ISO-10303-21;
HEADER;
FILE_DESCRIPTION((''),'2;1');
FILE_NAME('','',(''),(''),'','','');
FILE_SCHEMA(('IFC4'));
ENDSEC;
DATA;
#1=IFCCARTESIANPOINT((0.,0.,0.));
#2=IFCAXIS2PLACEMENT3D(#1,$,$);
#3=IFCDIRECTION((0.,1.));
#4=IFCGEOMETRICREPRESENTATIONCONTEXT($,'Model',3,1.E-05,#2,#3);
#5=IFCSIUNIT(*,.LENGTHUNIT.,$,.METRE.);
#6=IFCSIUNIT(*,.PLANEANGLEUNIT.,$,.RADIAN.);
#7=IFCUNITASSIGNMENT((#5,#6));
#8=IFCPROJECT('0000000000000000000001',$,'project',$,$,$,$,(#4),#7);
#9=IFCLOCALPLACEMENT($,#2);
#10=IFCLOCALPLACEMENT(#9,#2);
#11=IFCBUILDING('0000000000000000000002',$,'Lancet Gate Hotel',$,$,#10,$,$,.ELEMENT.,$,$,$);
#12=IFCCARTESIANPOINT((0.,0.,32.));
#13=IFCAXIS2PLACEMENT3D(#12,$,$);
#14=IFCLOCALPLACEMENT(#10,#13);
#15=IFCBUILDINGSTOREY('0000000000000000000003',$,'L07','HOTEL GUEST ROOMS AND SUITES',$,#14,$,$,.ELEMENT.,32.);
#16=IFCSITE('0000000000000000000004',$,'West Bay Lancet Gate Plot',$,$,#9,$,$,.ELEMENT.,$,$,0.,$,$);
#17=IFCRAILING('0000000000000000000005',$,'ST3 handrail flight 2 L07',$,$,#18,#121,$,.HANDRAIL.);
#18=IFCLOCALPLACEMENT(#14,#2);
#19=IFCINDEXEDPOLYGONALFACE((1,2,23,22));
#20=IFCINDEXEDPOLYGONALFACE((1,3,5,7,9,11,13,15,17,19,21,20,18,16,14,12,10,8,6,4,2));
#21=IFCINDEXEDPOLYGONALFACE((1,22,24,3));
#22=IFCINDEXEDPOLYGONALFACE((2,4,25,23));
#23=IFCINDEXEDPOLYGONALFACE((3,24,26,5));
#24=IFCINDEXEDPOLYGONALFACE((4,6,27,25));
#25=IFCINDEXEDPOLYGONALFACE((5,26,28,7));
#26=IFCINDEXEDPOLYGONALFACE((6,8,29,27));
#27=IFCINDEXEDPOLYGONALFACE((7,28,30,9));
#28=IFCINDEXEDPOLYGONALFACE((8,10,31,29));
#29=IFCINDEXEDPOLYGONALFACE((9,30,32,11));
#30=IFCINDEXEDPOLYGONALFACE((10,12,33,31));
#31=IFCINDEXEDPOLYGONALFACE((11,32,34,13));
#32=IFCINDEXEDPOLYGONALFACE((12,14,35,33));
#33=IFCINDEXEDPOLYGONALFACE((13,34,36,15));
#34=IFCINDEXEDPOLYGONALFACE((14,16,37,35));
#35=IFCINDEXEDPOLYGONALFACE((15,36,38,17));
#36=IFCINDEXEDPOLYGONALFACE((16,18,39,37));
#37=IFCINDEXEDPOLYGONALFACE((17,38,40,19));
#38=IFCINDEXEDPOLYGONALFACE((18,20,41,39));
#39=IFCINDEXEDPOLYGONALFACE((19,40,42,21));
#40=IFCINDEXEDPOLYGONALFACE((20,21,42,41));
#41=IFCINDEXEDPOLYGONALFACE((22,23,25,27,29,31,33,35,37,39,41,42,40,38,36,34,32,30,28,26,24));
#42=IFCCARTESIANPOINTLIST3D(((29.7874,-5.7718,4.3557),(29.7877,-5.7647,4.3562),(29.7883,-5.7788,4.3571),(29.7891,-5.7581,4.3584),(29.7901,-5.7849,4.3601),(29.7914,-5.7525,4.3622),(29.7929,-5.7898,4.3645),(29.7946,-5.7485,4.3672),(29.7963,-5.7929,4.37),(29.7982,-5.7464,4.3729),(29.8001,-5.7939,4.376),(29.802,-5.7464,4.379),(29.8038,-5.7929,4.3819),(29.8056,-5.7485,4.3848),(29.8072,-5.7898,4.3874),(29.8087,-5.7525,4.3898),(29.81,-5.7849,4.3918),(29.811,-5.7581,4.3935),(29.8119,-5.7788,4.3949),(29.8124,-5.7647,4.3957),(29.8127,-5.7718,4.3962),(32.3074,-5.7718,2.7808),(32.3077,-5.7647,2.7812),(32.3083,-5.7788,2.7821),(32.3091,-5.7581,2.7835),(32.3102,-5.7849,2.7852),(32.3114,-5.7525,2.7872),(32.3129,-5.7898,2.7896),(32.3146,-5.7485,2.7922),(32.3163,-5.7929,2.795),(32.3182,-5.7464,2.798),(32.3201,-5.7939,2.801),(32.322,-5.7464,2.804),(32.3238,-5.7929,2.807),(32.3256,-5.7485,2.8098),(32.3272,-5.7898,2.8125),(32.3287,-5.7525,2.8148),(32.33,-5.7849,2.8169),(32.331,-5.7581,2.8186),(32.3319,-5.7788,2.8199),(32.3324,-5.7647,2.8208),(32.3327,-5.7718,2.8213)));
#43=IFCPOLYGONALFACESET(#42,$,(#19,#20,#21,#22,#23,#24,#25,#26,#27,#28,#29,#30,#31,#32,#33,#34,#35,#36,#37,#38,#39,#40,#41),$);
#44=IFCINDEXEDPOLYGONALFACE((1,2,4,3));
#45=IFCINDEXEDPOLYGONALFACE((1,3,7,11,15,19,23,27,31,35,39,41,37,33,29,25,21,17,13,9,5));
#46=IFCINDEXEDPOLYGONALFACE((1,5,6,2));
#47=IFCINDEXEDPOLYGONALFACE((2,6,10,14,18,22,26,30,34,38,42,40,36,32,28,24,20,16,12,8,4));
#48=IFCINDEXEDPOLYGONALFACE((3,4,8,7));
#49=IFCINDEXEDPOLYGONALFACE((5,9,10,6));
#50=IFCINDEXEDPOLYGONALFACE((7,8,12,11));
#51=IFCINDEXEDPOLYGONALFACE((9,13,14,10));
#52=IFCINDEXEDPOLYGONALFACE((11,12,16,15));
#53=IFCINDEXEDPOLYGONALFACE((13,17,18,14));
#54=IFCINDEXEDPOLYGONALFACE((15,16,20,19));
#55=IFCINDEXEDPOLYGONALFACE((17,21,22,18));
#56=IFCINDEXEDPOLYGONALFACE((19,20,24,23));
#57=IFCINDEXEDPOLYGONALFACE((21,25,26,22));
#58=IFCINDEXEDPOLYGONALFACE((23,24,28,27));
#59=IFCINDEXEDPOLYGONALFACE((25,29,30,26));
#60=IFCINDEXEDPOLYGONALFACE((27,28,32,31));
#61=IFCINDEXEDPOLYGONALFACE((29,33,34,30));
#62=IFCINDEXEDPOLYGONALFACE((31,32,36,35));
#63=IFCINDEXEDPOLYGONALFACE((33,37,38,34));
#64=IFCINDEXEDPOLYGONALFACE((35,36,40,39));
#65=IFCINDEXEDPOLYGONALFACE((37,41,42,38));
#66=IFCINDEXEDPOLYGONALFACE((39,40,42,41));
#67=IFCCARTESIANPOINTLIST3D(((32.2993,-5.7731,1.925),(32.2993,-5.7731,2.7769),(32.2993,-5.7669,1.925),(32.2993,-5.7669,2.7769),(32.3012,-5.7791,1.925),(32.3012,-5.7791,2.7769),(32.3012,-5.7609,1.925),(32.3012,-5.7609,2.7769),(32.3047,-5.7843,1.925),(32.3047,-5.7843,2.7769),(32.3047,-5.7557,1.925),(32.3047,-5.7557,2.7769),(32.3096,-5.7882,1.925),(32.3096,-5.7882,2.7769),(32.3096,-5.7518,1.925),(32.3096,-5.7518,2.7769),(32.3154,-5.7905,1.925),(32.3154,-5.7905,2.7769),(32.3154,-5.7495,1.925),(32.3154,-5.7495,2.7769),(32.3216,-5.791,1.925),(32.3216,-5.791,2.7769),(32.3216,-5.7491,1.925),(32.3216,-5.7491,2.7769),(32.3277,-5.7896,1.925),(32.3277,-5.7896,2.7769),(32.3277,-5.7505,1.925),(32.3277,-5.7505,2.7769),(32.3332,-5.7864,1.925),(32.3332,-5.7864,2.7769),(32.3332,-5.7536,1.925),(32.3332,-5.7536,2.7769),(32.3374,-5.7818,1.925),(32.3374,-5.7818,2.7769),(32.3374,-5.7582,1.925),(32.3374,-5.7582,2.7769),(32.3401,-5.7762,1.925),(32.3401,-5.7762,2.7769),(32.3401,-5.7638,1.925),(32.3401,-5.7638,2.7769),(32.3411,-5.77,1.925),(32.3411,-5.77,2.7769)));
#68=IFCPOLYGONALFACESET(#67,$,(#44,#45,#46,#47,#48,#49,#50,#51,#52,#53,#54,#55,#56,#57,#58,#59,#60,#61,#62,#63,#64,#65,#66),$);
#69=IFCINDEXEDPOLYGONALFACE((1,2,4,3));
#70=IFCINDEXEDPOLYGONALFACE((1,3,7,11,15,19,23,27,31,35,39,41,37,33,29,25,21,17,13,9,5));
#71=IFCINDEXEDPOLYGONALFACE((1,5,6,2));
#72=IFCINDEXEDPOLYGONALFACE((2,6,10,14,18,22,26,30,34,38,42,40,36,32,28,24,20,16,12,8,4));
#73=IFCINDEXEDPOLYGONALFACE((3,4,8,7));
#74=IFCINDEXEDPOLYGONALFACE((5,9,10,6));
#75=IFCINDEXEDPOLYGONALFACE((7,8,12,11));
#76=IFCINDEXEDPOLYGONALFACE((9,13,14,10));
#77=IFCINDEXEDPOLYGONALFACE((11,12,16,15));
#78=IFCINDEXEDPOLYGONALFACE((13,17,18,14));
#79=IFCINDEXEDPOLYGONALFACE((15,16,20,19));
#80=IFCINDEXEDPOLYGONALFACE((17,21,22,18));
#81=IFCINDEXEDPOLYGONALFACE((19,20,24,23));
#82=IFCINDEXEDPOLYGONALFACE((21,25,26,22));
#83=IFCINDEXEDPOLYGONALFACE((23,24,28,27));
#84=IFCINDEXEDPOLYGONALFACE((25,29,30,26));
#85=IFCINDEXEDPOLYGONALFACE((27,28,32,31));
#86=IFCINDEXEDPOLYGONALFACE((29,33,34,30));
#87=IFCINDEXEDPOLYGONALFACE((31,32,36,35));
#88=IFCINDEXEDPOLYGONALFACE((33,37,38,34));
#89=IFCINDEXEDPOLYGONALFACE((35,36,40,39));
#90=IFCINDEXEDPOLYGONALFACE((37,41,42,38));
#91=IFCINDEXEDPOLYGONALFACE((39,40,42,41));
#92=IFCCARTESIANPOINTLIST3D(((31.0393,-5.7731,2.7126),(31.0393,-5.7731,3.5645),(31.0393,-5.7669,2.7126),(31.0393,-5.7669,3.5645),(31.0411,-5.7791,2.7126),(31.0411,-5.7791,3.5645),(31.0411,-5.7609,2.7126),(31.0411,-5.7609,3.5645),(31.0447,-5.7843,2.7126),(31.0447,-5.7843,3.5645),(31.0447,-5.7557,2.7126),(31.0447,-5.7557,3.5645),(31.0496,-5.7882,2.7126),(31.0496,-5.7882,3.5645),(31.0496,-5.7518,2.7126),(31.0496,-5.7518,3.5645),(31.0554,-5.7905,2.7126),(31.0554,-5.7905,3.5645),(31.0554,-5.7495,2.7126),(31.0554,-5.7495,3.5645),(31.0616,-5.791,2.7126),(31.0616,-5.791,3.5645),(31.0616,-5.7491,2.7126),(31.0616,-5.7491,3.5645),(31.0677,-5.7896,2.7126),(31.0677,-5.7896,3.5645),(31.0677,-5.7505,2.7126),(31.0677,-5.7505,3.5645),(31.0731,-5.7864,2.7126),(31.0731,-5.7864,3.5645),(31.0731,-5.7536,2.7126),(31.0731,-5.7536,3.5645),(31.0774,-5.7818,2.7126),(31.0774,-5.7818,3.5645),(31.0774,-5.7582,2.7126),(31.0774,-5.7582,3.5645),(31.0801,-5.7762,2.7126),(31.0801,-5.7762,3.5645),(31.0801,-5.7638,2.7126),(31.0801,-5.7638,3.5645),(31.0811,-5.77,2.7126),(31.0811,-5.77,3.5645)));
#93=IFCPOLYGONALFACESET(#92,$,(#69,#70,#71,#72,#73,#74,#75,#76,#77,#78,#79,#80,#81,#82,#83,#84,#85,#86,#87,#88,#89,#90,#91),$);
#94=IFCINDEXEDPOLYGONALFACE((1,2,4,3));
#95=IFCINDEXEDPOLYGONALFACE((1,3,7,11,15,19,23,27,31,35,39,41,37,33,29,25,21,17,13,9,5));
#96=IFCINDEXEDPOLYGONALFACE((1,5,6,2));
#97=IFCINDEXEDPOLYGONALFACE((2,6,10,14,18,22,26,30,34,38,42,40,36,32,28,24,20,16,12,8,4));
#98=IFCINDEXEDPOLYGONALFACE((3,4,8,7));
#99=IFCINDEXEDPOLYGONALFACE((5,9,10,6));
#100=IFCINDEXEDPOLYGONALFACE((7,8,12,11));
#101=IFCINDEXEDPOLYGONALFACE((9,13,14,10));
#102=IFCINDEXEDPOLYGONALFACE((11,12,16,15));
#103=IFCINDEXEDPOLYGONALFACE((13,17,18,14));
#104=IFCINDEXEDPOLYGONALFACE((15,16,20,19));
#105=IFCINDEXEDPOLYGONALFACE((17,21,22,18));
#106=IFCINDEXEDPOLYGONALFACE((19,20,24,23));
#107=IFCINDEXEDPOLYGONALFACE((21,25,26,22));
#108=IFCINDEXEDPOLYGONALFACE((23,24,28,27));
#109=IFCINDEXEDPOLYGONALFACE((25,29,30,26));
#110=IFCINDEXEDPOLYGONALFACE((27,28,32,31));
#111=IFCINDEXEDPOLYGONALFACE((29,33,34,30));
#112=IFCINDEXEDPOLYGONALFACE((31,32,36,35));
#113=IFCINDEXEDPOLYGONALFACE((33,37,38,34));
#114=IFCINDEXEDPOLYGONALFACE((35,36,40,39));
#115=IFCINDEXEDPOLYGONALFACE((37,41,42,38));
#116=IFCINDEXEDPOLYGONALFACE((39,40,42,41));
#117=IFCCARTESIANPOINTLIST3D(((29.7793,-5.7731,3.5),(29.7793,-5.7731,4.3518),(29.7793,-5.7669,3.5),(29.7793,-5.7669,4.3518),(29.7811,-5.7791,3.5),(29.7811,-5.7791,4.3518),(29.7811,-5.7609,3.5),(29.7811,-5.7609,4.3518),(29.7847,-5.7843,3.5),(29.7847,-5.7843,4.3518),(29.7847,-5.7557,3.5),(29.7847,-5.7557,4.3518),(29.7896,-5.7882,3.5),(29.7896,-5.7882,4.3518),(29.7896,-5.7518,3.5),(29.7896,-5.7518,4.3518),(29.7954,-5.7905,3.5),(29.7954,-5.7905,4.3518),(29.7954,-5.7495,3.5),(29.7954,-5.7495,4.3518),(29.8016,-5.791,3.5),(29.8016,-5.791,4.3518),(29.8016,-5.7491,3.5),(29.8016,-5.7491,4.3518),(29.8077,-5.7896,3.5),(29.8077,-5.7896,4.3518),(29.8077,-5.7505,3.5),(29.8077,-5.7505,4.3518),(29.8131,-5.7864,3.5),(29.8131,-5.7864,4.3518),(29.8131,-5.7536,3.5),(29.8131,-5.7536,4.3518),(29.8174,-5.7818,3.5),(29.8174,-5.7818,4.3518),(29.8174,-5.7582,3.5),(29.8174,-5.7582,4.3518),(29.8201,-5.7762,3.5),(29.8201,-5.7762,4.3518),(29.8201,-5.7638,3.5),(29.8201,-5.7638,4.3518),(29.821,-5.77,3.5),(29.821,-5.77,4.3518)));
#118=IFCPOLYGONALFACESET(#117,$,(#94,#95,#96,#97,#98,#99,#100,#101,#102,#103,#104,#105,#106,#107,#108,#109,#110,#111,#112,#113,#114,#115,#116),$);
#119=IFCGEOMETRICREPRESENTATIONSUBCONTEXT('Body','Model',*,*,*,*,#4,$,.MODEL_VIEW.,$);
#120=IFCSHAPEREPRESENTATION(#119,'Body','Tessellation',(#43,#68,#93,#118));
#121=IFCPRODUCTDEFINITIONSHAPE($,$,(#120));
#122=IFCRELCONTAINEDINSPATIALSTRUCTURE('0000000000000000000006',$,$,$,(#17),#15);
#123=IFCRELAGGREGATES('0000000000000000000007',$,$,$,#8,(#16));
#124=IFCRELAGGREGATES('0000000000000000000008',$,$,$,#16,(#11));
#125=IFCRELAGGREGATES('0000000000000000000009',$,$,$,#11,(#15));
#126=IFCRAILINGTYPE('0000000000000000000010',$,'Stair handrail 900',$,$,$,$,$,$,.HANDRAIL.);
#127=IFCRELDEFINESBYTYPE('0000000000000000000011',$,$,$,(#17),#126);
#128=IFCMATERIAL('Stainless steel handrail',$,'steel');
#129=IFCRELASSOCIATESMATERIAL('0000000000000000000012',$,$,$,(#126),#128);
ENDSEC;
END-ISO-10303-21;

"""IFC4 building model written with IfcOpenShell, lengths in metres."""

from ifc_helpers import new_model, si_unit, direction, frame, origin, origin_2d, place, context, subcontext, project, spatial, circle, extrude, material, type_object, element, save


model = new_model("IFC4")

# Units and contexts
model_context = context("Model", 3, precision=1e-05, world=origin(), true_north=direction((0.0, 1.0)))
body_context = subcontext(model_context, "Body", "Model", "MODEL_VIEW")
ifc_project = project(units=[si_unit("LENGTHUNIT", "METRE"), si_unit("PLANEANGLEUNIT", "RADIAN")], contexts=[model_context])

# Site, building, storey
site_placement = place(None, origin())
site = spatial("IfcSite", under=ifc_project, at=site_placement, Name="West Bay Lancet Gate Plot", CompositionType="ELEMENT", RefElevation=0.0)
building_placement = place(site_placement, origin())
building = spatial("IfcBuilding", under=site, at=building_placement, Name="Lancet Gate Hotel", CompositionType="ELEMENT")
storey_placement = place(building_placement, frame((0.0, 0.0, 32.0)))
storey = spatial("IfcBuildingStorey", under=building, at=storey_placement, Name="L07", Description="HOTEL GUEST ROOMS AND SUITES", CompositionType="ELEMENT", Elevation=32.0)

# Railing
ifc_material_1 = material(Name="Stainless steel handrail", Category="steel")
railing_type = type_object("IfcRailingType", Name="Stair handrail 900", PredefinedType="HANDRAIL", material=ifc_material_1)
railing_placement = place(storey_placement, frame((32.3201, -5.77, 1.925)))
element("IfcRailing", 1, at=railing_placement, inside=storey, type_object=railing_type, Name="ST3 handrail flight 2 L07", PredefinedType="HANDRAIL", context=body_context, shape_type="SweptSolid", body=[
    extrude(circle(Radius=0.0239, at=origin_2d()), frame((0.0, 0.0, 0.876), z_axis=(-0.848008, 0.0, 0.529984), x_axis=(0.0, -1.0, 0.0)), (0.0, 0.0, 1.0), 2.9717),
    extrude(circle(Radius=0.021, at=origin_2d()), origin(), (0.0, 0.0, 1.0), 0.8518),
    extrude(circle(Radius=0.021, at=origin_2d()), frame((-1.26, 0.0, 0.7876)), (0.0, 0.0, 1.0), 0.8518),
    extrude(circle(Radius=0.021, at=origin_2d()), frame((-2.52, 0.0, 1.575)), (0.0, 0.0, 1.0), 0.8518),
])

save(model, "model.ifc")
